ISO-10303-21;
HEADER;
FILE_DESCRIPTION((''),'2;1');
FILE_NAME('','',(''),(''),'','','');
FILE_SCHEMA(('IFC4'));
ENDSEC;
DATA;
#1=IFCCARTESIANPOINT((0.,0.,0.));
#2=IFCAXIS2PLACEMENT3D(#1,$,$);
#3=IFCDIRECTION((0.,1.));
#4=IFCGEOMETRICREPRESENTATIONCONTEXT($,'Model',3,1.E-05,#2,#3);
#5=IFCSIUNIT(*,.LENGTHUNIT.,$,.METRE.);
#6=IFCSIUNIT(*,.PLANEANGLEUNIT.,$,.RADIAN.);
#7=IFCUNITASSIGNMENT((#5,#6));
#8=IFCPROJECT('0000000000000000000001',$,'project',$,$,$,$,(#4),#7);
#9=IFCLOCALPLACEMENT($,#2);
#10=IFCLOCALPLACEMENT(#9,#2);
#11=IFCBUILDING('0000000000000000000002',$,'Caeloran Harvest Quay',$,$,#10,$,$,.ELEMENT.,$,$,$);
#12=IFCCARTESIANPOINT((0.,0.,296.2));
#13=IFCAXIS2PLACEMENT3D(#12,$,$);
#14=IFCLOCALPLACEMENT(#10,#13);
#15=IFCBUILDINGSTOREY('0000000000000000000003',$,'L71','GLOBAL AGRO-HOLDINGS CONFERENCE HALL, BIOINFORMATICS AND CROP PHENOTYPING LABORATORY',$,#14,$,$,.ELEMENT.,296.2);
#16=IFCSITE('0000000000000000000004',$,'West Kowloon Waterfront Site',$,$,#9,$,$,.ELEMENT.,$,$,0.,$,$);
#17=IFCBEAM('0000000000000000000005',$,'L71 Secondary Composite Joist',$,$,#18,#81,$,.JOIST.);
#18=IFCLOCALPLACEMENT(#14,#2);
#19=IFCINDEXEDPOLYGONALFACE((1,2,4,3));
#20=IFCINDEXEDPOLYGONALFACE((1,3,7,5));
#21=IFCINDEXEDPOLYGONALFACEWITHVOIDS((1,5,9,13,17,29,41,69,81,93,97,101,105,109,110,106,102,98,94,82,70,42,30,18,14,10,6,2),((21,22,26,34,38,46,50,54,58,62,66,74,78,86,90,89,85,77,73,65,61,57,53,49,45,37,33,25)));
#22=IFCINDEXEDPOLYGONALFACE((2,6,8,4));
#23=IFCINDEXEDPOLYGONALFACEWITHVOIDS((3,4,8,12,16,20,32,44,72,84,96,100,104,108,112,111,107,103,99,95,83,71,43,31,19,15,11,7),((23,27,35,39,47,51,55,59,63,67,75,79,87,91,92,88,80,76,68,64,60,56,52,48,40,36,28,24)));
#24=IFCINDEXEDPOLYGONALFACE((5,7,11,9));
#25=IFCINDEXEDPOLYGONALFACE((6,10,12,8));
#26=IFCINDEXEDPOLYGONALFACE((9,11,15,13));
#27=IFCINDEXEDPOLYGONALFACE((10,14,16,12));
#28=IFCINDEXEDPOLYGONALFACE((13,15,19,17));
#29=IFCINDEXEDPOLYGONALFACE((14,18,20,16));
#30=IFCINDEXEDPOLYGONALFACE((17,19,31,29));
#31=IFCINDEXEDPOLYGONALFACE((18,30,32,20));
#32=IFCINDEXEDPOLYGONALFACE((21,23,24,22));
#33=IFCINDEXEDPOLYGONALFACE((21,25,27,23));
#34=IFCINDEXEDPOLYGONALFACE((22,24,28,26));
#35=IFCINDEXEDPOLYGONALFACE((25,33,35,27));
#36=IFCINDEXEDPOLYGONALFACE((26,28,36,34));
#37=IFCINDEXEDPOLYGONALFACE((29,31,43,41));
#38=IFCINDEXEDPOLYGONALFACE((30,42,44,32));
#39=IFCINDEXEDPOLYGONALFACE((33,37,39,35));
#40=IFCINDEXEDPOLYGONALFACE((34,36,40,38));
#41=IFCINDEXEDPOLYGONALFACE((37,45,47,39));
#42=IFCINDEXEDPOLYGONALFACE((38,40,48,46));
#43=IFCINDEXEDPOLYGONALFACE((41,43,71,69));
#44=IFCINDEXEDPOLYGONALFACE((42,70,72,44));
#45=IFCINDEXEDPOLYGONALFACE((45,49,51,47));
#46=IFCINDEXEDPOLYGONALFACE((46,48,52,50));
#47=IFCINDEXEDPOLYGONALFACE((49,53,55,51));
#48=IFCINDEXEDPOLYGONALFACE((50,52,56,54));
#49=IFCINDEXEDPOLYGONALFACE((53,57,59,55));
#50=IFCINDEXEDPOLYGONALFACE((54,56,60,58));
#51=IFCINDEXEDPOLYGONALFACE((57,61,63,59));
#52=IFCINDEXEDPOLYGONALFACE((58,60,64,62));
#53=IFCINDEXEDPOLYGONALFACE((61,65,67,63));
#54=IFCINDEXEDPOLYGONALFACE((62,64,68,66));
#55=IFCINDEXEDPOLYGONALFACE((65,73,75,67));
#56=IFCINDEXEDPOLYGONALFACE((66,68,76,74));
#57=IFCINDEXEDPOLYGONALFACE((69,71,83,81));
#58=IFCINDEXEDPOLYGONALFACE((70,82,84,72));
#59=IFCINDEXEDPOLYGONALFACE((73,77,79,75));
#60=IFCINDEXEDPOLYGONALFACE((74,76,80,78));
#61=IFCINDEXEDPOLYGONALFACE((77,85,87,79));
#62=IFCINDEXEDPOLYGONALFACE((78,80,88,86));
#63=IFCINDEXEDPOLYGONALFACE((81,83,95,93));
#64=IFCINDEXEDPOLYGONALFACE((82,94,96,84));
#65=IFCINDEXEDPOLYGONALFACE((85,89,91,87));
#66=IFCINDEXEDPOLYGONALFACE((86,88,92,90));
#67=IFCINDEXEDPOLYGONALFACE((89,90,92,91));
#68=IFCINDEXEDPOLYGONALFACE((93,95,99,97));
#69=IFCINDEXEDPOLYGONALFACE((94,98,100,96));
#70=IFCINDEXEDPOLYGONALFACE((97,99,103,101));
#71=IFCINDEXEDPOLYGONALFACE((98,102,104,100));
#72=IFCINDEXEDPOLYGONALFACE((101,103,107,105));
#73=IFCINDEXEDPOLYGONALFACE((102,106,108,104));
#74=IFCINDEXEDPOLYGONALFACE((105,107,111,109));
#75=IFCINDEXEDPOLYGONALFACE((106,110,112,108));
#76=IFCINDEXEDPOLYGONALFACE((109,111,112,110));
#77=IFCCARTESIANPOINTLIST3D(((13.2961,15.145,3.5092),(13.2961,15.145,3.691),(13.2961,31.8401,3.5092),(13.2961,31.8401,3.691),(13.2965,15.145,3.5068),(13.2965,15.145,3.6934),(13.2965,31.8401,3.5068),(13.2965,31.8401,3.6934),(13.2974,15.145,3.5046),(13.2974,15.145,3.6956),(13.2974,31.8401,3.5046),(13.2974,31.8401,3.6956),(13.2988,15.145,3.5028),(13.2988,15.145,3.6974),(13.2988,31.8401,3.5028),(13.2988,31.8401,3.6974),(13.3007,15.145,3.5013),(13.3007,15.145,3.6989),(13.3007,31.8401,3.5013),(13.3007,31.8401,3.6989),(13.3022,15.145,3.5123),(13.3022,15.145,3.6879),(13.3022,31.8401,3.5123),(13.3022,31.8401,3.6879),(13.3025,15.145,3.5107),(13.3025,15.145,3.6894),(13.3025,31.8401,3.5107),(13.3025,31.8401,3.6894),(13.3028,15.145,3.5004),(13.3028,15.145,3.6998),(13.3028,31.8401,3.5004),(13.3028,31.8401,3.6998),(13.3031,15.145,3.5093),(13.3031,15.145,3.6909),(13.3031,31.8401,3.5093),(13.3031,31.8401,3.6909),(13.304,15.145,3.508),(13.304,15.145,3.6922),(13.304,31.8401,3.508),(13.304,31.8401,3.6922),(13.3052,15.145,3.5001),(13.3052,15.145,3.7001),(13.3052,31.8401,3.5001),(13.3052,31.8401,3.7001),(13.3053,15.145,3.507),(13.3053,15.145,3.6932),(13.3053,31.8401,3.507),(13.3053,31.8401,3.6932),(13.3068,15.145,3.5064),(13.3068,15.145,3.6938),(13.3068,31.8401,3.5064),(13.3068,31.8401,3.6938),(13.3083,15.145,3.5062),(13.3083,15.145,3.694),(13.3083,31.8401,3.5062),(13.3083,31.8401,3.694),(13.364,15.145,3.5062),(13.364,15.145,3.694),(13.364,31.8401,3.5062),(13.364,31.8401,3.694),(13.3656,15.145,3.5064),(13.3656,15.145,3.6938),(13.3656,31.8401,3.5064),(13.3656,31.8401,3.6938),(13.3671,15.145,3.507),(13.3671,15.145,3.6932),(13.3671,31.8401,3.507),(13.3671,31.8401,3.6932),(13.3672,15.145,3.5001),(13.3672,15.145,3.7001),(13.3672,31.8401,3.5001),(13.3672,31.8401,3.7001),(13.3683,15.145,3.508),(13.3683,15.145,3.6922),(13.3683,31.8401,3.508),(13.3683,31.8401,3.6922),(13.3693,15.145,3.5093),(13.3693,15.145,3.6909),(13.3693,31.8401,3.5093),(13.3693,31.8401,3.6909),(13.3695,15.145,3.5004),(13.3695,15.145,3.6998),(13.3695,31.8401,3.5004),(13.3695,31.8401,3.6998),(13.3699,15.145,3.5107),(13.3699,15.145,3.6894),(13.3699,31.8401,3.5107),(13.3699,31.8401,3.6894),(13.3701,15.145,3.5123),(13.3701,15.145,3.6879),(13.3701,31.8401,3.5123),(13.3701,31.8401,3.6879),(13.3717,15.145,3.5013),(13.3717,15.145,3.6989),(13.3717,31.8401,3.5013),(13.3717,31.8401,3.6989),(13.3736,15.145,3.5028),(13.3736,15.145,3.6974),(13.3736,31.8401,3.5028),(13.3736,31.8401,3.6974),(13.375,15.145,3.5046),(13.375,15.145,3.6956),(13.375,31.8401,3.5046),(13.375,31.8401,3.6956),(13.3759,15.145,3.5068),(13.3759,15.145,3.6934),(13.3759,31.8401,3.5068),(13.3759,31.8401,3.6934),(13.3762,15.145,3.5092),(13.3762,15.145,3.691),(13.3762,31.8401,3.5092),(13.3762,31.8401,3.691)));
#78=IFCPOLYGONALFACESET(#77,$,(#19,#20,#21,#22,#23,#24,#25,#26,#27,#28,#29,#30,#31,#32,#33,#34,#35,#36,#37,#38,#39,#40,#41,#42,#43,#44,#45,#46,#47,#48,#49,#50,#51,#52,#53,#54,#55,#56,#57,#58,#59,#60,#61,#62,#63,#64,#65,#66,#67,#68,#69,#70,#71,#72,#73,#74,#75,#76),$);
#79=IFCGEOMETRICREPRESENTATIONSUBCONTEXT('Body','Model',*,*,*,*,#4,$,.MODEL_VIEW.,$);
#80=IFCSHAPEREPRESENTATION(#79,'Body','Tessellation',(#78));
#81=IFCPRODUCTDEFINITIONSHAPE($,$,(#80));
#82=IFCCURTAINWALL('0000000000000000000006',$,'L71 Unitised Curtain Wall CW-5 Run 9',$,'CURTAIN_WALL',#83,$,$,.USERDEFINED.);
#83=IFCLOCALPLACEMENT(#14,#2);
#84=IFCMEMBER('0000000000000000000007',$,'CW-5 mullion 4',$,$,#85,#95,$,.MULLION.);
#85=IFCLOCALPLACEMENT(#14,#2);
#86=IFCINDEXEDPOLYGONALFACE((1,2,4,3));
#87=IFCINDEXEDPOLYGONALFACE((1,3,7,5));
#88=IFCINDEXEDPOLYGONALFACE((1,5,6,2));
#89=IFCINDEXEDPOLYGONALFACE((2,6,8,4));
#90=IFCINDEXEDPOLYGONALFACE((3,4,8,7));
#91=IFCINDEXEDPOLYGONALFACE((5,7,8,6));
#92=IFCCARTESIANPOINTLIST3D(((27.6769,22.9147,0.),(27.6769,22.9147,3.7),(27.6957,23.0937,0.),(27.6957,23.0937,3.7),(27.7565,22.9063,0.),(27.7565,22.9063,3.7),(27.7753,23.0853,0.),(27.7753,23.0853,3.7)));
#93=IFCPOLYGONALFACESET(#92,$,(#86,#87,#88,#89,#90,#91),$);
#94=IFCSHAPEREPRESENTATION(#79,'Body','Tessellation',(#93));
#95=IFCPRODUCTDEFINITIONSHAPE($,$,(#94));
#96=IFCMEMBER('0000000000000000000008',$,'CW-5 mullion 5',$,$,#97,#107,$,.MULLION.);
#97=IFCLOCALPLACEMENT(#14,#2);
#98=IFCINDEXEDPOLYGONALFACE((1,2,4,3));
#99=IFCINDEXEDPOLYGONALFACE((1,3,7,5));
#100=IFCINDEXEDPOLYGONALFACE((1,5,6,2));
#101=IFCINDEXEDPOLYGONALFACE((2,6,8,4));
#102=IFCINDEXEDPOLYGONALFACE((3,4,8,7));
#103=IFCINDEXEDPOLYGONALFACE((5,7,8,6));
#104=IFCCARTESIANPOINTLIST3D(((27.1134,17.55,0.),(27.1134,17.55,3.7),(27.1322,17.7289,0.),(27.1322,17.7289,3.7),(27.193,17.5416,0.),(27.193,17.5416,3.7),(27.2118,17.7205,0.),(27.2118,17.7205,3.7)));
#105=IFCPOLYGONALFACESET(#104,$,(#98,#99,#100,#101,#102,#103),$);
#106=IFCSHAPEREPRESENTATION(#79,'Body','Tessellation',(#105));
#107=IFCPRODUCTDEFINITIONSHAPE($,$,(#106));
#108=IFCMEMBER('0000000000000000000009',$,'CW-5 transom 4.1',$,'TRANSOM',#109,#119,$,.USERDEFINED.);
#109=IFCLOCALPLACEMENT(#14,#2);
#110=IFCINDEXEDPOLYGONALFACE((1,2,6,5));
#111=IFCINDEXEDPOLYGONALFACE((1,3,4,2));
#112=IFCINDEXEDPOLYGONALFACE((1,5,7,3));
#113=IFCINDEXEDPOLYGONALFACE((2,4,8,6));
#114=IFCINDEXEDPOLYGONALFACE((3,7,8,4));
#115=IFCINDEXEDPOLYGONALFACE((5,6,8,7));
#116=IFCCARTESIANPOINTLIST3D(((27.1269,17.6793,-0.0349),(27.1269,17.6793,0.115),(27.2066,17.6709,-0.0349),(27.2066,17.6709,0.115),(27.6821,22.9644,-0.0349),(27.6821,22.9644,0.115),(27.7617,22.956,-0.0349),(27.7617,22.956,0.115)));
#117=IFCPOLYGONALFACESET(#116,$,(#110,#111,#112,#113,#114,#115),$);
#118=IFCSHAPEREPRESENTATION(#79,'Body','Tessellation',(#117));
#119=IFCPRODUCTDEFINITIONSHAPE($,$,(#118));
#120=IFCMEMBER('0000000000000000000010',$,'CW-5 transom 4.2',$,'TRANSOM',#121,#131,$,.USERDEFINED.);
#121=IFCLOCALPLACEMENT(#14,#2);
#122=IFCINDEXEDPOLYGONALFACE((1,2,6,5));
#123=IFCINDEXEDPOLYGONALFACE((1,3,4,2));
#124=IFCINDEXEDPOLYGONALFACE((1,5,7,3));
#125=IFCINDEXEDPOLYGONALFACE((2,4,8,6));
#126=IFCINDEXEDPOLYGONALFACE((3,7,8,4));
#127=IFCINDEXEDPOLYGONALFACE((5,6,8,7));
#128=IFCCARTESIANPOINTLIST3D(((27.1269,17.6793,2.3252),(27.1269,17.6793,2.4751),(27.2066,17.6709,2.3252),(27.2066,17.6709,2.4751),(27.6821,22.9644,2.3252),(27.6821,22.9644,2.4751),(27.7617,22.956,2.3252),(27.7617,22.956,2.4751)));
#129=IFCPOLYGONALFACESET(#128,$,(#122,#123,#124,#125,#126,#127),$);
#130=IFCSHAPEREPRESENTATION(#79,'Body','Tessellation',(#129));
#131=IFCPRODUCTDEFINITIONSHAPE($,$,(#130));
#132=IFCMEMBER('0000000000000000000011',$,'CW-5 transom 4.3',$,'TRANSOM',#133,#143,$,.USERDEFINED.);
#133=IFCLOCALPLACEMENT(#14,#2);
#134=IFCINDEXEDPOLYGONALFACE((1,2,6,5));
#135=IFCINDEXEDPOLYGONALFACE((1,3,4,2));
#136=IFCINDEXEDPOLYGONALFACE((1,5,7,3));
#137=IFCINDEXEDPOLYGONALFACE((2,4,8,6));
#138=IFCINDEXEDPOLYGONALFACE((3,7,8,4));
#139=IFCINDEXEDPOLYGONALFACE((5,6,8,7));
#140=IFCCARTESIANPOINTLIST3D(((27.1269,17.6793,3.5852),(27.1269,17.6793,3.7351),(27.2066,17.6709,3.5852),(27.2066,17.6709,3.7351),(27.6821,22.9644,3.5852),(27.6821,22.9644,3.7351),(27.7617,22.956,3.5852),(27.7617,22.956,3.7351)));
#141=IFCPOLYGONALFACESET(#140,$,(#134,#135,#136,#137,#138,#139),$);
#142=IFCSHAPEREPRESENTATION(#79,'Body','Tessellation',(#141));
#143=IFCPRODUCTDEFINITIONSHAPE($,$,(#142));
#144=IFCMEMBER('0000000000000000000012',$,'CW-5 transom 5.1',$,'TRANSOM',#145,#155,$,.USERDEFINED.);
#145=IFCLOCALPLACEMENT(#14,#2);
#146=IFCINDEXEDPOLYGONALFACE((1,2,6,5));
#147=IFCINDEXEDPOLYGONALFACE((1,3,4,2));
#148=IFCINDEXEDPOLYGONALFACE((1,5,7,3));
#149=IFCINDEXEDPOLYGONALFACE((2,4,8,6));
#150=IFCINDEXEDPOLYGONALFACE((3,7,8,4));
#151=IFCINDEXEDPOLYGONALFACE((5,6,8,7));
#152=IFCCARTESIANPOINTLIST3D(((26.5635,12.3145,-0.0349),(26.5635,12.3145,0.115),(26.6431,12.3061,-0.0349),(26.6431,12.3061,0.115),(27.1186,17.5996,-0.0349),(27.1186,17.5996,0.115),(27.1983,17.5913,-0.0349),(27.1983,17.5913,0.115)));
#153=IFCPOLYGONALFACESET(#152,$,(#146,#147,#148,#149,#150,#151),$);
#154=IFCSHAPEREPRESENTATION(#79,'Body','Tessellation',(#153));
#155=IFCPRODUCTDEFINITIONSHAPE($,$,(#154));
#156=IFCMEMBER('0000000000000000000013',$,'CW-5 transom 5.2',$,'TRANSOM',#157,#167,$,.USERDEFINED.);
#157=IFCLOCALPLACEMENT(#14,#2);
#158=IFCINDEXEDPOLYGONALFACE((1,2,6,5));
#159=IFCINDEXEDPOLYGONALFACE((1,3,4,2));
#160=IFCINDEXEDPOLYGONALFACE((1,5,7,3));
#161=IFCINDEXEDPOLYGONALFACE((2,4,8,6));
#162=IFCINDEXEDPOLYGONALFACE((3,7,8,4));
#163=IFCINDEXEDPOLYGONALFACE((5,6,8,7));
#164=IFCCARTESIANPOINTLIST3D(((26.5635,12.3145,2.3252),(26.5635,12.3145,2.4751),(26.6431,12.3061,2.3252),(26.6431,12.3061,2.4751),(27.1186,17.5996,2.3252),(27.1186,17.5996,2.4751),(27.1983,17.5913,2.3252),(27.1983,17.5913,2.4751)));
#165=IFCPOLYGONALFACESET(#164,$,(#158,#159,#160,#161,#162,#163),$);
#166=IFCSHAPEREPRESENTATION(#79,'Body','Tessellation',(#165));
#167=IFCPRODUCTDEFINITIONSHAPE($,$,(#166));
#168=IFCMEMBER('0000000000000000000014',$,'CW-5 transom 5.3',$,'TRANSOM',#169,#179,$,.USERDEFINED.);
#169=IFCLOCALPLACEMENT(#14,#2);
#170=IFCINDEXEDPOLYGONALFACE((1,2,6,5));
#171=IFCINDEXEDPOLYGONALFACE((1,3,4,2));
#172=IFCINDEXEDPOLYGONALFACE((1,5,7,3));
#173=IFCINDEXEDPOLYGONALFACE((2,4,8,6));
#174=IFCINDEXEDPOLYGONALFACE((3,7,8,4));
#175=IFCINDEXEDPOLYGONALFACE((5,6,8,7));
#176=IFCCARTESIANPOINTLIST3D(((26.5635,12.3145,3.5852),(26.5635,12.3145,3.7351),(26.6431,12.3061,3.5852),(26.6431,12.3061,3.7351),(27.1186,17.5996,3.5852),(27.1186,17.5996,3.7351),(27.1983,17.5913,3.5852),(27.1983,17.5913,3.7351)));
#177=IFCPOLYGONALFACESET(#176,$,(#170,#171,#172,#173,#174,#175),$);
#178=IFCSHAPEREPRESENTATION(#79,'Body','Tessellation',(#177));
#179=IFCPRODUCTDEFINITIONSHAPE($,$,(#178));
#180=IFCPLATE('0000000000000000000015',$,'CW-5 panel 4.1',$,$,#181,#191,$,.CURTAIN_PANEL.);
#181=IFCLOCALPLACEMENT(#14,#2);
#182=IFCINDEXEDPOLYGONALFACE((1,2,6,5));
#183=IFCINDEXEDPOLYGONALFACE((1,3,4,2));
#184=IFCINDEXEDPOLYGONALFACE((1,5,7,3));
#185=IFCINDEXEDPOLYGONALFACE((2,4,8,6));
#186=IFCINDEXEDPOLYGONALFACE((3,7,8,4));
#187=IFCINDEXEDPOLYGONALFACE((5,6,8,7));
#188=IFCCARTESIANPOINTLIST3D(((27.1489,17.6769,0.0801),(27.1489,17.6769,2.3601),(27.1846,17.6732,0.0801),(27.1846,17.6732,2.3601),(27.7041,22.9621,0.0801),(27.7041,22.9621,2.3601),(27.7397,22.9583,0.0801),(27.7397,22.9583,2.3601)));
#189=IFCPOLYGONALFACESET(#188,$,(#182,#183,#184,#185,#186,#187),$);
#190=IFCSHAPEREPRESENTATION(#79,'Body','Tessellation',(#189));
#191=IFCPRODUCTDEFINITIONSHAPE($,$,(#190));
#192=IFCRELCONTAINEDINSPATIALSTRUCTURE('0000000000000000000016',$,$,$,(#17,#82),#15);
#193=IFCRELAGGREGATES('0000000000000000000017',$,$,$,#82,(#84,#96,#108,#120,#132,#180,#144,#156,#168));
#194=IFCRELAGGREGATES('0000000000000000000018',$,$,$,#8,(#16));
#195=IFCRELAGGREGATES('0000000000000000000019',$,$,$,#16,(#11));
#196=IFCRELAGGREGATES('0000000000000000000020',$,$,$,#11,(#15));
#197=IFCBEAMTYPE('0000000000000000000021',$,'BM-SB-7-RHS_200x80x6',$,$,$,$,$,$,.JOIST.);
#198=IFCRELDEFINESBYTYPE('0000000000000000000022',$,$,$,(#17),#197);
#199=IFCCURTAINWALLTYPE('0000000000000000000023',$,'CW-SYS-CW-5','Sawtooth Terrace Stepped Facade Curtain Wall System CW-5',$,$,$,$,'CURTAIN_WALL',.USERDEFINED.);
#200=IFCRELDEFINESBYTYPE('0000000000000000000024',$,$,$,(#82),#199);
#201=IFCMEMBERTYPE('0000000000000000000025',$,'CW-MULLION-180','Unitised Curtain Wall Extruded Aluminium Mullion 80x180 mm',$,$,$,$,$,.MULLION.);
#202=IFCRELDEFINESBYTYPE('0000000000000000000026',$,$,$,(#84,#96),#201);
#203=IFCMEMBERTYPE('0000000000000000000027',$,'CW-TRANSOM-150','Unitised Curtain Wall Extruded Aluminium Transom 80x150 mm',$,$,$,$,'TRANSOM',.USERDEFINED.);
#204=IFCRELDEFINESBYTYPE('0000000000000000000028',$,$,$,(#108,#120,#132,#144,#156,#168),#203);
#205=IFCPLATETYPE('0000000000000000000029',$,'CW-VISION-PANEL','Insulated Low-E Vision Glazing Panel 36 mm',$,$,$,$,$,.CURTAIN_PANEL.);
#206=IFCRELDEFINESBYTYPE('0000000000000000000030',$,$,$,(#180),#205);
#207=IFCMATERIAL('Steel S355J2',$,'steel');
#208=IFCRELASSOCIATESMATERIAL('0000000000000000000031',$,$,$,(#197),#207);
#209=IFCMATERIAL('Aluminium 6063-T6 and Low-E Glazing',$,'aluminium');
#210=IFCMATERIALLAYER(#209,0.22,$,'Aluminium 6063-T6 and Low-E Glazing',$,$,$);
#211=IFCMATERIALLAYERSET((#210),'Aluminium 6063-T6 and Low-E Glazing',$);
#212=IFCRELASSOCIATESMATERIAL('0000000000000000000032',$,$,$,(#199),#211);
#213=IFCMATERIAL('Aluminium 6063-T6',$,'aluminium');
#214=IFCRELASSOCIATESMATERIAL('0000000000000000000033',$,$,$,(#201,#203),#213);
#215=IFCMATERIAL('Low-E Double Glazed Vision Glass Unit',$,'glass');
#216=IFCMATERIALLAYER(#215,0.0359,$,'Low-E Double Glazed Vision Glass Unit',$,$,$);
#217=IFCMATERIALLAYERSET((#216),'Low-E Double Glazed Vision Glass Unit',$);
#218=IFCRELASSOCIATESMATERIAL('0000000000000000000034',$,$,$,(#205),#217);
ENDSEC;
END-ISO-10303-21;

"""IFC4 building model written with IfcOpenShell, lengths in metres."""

from ifc_helpers import new_model, si_unit, direction, frame, origin, origin_2d, place, context, subcontext, project, spatial, rectangle, hollow_rectangle, extrude, material, layer, layer_set, material_profile, profile_set, type_object, element, aggregate, save


model = new_model("IFC4")

# Units and contexts
model_context = context("Model", 3, precision=1e-05, world=origin(), true_north=direction((0.0, 1.0)))
body_context = subcontext(model_context, "Body", "Model", "MODEL_VIEW")
ifc_project = project(units=[si_unit("LENGTHUNIT", "METRE"), si_unit("PLANEANGLEUNIT", "RADIAN")], contexts=[model_context])

# Site, building, storey
site_placement = place(None, origin())
site = spatial("IfcSite", under=ifc_project, at=site_placement, Name="West Kowloon Waterfront Site", CompositionType="ELEMENT", RefElevation=0.0)
building_placement = place(site_placement, origin())
building = spatial("IfcBuilding", under=site, at=building_placement, Name="Caeloran Harvest Quay", CompositionType="ELEMENT")
storey_placement = place(building_placement, frame((0.0, 0.0, 296.2)))
storey = spatial("IfcBuildingStorey", under=building, at=storey_placement, Name="L71", Description="GLOBAL AGRO-HOLDINGS CONFERENCE HALL, BIOINFORMATICS AND CROP PHENOTYPING LABORATORY", CompositionType="ELEMENT", Elevation=296.2)

# Beam
ifc_material_1 = material(Name="Steel S355J2", Category="steel")
ifc_material_profile_1 = material_profile(ifc_material_1, hollow_rectangle(XDim=0.0801, YDim=0.2, WallThickness=0.0061, InnerFilletRadius=0.0061, OuterFilletRadius=0.009, at=origin_2d()), Name="RHS 200x80x6")
ifc_profile_set_1 = profile_set([ifc_material_profile_1], Name="Steel S355J2")
beam_type_1 = type_object("IfcBeamType", Name="BM-SB-7-RHS_200x80x6", PredefinedType="JOIST", material=ifc_profile_set_1)
for number, where, z_axis, x_axis, name in (
    (1, (13.3362, 15.145, 3.6001), (0.0, 1.0, 0.0), (-1.0, 0.0, 0.0), "L71 Secondary Composite Joist"),
):
    element("IfcBeam", number, at=place(storey_placement, frame(where, z_axis=z_axis, x_axis=x_axis)), inside=storey, type_object=beam_type_1, Name=name, PredefinedType="JOIST", context=body_context, shape_type="SweptSolid", body=[
        extrude(hollow_rectangle(XDim=0.0801, YDim=0.2, WallThickness=0.0061, InnerFilletRadius=0.0061, OuterFilletRadius=0.009, at=origin_2d()), origin(), (0.0, 0.0, 1.0), 16.6951),
    ])

# Curtain wall, members, plate
ifc_material_2 = material(Name="Aluminium 6063-T6 and Low-E Glazing", Category="aluminium")
ifc_layer_1 = layer(ifc_material_2, 0.22, Name="Aluminium 6063-T6 and Low-E Glazing")
ifc_layer_set_1 = layer_set([ifc_layer_1], Name="Aluminium 6063-T6 and Low-E Glazing")
curtain_wall_type = type_object("IfcCurtainWallType", Name="CW-SYS-CW-5", Description="Sawtooth Terrace Stepped Facade Curtain Wall System CW-5", ElementType="CURTAIN_WALL", PredefinedType="USERDEFINED", material=ifc_layer_set_1)
curtain_wall_placement = place(storey_placement, origin())
curtain_wall = element("IfcCurtainWall", 2, at=curtain_wall_placement, inside=storey, type_object=curtain_wall_type, Name="L71 Unitised Curtain Wall CW-5 Run 9", ObjectType="CURTAIN_WALL", PredefinedType="USERDEFINED")
ifc_material_3 = material(Name="Aluminium 6063-T6", Category="aluminium")
ifc_material_profile_2 = material_profile(ifc_material_3, rectangle(XDim=0.0801, YDim=0.1799, at=origin_2d()), Name="CW-MULLION-180")
ifc_profile_set_2 = profile_set([ifc_material_profile_2], Name="Aluminium 6063-T6")
member_type_1 = type_object("IfcMemberType", Name="CW-MULLION-180", Description="Unitised Curtain Wall Extruded Aluminium Mullion 80x180 mm", PredefinedType="MULLION", material=ifc_profile_set_2)
member_1_placement = place(storey_placement, frame((27.7261, 23.0, 0.0), z_axis=(0.0, 0.0, 1.0), x_axis=(0.994529, -0.10446, 0.0)))
member_1 = element("IfcMember", 3, at=member_1_placement, type_object=member_type_1, Name="CW-5 mullion 4", PredefinedType="MULLION", context=body_context, shape_type="SweptSolid", body=[
    extrude(rectangle(XDim=0.0801, YDim=0.1799, at=origin_2d()), origin(), (0.0, 0.0, 1.0), 3.7),
])
member_2_placement = place(storey_placement, frame((27.1626, 17.6353, 0.0), z_axis=(0.0, 0.0, 1.0), x_axis=(0.994529, -0.10446, 0.0)))
member_2 = element("IfcMember", 4, at=member_2_placement, type_object=member_type_1, Name="CW-5 mullion 5", PredefinedType="MULLION", context=body_context, shape_type="SweptSolid", body=[
    extrude(rectangle(XDim=0.0801, YDim=0.1799, at=origin_2d()), origin(), (0.0, 0.0, 1.0), 3.7),
])
ifc_material_profile_3 = material_profile(ifc_material_3, rectangle(XDim=0.0801, YDim=0.1499, at=origin_2d()), Name="CW-TRANSOM-150")
ifc_profile_set_3 = profile_set([ifc_material_profile_3], Name="Aluminium 6063-T6")
member_type_2 = type_object("IfcMemberType", Name="CW-TRANSOM-150", Description="Unitised Curtain Wall Extruded Aluminium Transom 80x150 mm", ElementType="TRANSOM", PredefinedType="USERDEFINED", material=ifc_profile_set_3)
member_3_placement = place(storey_placement, frame((27.7219, 22.9602, 0.04), z_axis=(-0.10447, -0.994528, 0.0), x_axis=(0.994528, -0.10447, 0.0)))
member_3 = element("IfcMember", 5, at=member_3_placement, type_object=member_type_2, Name="CW-5 transom 4.1", ObjectType="TRANSOM", PredefinedType="USERDEFINED", context=body_context, shape_type="SweptSolid", body=[
    extrude(rectangle(XDim=0.0801, YDim=0.1499, at=origin_2d()), origin(), (0.0, 0.0, 1.0), 5.3142),
])
member_4_placement = place(storey_placement, frame((27.7219, 22.9602, 2.4001), z_axis=(-0.10447, -0.994528, 0.0), x_axis=(0.994528, -0.10447, 0.0)))
member_4 = element("IfcMember", 6, at=member_4_placement, type_object=member_type_2, Name="CW-5 transom 4.2", ObjectType="TRANSOM", PredefinedType="USERDEFINED", context=body_context, shape_type="SweptSolid", body=[
    extrude(rectangle(XDim=0.0801, YDim=0.1499, at=origin_2d()), origin(), (0.0, 0.0, 1.0), 5.3142),
])
member_5_placement = place(storey_placement, frame((27.7219, 22.9602, 3.6602), z_axis=(-0.10447, -0.994528, 0.0), x_axis=(0.994528, -0.10447, 0.0)))
member_5 = element("IfcMember", 7, at=member_5_placement, type_object=member_type_2, Name="CW-5 transom 4.3", ObjectType="TRANSOM", PredefinedType="USERDEFINED", context=body_context, shape_type="SweptSolid", body=[
    extrude(rectangle(XDim=0.0801, YDim=0.1499, at=origin_2d()), origin(), (0.0, 0.0, 1.0), 5.3142),
])
member_6_placement = place(storey_placement, frame((27.1584, 17.5955, 0.04), z_axis=(-0.10447, -0.994528, 0.0), x_axis=(0.994528, -0.10447, 0.0)))
member_6 = element("IfcMember", 8, at=member_6_placement, type_object=member_type_2, Name="CW-5 transom 5.1", ObjectType="TRANSOM", PredefinedType="USERDEFINED", context=body_context, shape_type="SweptSolid", body=[
    extrude(rectangle(XDim=0.0801, YDim=0.1499, at=origin_2d()), origin(), (0.0, 0.0, 1.0), 5.3142),
])
member_7_placement = place(storey_placement, frame((27.1584, 17.5955, 2.4001), z_axis=(-0.10447, -0.994528, 0.0), x_axis=(0.994528, -0.10447, 0.0)))
member_7 = element("IfcMember", 9, at=member_7_placement, type_object=member_type_2, Name="CW-5 transom 5.2", ObjectType="TRANSOM", PredefinedType="USERDEFINED", context=body_context, shape_type="SweptSolid", body=[
    extrude(rectangle(XDim=0.0801, YDim=0.1499, at=origin_2d()), origin(), (0.0, 0.0, 1.0), 5.3142),
])
member_8_placement = place(storey_placement, frame((27.1584, 17.5955, 3.6602), z_axis=(-0.10447, -0.994528, 0.0), x_axis=(0.994528, -0.10447, 0.0)))
member_8 = element("IfcMember", 10, at=member_8_placement, type_object=member_type_2, Name="CW-5 transom 5.3", ObjectType="TRANSOM", PredefinedType="USERDEFINED", context=body_context, shape_type="SweptSolid", body=[
    extrude(rectangle(XDim=0.0801, YDim=0.1499, at=origin_2d()), origin(), (0.0, 0.0, 1.0), 5.3142),
])
ifc_material_4 = material(Name="Low-E Double Glazed Vision Glass Unit", Category="glass")
ifc_layer_2 = layer(ifc_material_4, 0.0359, Name="Low-E Double Glazed Vision Glass Unit")
ifc_layer_set_2 = layer_set([ifc_layer_2], Name="Low-E Double Glazed Vision Glass Unit")
plate_type = type_object("IfcPlateType", Name="CW-VISION-PANEL", Description="Insulated Low-E Vision Glazing Panel 36 mm", PredefinedType="CURTAIN_PANEL", material=ifc_layer_set_2)
plate_1_placement = place(storey_placement, frame((27.4443, 20.3176, 0.0801), z_axis=(0.0, 0.0, 1.0), x_axis=(-0.10446, -0.994529, 0.0)))
plate_1 = element("IfcPlate", 11, at=plate_1_placement, type_object=plate_type, Name="CW-5 panel 4.1", PredefinedType="CURTAIN_PANEL", context=body_context, shape_type="SweptSolid", body=[
    extrude(rectangle(XDim=5.3142, YDim=0.0359, at=origin_2d()), origin(), (0.0, 0.0, 1.0), 2.28),
])
aggregate(curtain_wall, [member_1, member_2, member_3, member_4, member_5, plate_1, member_6, member_7, member_8])

save(model, "model.ifc")
